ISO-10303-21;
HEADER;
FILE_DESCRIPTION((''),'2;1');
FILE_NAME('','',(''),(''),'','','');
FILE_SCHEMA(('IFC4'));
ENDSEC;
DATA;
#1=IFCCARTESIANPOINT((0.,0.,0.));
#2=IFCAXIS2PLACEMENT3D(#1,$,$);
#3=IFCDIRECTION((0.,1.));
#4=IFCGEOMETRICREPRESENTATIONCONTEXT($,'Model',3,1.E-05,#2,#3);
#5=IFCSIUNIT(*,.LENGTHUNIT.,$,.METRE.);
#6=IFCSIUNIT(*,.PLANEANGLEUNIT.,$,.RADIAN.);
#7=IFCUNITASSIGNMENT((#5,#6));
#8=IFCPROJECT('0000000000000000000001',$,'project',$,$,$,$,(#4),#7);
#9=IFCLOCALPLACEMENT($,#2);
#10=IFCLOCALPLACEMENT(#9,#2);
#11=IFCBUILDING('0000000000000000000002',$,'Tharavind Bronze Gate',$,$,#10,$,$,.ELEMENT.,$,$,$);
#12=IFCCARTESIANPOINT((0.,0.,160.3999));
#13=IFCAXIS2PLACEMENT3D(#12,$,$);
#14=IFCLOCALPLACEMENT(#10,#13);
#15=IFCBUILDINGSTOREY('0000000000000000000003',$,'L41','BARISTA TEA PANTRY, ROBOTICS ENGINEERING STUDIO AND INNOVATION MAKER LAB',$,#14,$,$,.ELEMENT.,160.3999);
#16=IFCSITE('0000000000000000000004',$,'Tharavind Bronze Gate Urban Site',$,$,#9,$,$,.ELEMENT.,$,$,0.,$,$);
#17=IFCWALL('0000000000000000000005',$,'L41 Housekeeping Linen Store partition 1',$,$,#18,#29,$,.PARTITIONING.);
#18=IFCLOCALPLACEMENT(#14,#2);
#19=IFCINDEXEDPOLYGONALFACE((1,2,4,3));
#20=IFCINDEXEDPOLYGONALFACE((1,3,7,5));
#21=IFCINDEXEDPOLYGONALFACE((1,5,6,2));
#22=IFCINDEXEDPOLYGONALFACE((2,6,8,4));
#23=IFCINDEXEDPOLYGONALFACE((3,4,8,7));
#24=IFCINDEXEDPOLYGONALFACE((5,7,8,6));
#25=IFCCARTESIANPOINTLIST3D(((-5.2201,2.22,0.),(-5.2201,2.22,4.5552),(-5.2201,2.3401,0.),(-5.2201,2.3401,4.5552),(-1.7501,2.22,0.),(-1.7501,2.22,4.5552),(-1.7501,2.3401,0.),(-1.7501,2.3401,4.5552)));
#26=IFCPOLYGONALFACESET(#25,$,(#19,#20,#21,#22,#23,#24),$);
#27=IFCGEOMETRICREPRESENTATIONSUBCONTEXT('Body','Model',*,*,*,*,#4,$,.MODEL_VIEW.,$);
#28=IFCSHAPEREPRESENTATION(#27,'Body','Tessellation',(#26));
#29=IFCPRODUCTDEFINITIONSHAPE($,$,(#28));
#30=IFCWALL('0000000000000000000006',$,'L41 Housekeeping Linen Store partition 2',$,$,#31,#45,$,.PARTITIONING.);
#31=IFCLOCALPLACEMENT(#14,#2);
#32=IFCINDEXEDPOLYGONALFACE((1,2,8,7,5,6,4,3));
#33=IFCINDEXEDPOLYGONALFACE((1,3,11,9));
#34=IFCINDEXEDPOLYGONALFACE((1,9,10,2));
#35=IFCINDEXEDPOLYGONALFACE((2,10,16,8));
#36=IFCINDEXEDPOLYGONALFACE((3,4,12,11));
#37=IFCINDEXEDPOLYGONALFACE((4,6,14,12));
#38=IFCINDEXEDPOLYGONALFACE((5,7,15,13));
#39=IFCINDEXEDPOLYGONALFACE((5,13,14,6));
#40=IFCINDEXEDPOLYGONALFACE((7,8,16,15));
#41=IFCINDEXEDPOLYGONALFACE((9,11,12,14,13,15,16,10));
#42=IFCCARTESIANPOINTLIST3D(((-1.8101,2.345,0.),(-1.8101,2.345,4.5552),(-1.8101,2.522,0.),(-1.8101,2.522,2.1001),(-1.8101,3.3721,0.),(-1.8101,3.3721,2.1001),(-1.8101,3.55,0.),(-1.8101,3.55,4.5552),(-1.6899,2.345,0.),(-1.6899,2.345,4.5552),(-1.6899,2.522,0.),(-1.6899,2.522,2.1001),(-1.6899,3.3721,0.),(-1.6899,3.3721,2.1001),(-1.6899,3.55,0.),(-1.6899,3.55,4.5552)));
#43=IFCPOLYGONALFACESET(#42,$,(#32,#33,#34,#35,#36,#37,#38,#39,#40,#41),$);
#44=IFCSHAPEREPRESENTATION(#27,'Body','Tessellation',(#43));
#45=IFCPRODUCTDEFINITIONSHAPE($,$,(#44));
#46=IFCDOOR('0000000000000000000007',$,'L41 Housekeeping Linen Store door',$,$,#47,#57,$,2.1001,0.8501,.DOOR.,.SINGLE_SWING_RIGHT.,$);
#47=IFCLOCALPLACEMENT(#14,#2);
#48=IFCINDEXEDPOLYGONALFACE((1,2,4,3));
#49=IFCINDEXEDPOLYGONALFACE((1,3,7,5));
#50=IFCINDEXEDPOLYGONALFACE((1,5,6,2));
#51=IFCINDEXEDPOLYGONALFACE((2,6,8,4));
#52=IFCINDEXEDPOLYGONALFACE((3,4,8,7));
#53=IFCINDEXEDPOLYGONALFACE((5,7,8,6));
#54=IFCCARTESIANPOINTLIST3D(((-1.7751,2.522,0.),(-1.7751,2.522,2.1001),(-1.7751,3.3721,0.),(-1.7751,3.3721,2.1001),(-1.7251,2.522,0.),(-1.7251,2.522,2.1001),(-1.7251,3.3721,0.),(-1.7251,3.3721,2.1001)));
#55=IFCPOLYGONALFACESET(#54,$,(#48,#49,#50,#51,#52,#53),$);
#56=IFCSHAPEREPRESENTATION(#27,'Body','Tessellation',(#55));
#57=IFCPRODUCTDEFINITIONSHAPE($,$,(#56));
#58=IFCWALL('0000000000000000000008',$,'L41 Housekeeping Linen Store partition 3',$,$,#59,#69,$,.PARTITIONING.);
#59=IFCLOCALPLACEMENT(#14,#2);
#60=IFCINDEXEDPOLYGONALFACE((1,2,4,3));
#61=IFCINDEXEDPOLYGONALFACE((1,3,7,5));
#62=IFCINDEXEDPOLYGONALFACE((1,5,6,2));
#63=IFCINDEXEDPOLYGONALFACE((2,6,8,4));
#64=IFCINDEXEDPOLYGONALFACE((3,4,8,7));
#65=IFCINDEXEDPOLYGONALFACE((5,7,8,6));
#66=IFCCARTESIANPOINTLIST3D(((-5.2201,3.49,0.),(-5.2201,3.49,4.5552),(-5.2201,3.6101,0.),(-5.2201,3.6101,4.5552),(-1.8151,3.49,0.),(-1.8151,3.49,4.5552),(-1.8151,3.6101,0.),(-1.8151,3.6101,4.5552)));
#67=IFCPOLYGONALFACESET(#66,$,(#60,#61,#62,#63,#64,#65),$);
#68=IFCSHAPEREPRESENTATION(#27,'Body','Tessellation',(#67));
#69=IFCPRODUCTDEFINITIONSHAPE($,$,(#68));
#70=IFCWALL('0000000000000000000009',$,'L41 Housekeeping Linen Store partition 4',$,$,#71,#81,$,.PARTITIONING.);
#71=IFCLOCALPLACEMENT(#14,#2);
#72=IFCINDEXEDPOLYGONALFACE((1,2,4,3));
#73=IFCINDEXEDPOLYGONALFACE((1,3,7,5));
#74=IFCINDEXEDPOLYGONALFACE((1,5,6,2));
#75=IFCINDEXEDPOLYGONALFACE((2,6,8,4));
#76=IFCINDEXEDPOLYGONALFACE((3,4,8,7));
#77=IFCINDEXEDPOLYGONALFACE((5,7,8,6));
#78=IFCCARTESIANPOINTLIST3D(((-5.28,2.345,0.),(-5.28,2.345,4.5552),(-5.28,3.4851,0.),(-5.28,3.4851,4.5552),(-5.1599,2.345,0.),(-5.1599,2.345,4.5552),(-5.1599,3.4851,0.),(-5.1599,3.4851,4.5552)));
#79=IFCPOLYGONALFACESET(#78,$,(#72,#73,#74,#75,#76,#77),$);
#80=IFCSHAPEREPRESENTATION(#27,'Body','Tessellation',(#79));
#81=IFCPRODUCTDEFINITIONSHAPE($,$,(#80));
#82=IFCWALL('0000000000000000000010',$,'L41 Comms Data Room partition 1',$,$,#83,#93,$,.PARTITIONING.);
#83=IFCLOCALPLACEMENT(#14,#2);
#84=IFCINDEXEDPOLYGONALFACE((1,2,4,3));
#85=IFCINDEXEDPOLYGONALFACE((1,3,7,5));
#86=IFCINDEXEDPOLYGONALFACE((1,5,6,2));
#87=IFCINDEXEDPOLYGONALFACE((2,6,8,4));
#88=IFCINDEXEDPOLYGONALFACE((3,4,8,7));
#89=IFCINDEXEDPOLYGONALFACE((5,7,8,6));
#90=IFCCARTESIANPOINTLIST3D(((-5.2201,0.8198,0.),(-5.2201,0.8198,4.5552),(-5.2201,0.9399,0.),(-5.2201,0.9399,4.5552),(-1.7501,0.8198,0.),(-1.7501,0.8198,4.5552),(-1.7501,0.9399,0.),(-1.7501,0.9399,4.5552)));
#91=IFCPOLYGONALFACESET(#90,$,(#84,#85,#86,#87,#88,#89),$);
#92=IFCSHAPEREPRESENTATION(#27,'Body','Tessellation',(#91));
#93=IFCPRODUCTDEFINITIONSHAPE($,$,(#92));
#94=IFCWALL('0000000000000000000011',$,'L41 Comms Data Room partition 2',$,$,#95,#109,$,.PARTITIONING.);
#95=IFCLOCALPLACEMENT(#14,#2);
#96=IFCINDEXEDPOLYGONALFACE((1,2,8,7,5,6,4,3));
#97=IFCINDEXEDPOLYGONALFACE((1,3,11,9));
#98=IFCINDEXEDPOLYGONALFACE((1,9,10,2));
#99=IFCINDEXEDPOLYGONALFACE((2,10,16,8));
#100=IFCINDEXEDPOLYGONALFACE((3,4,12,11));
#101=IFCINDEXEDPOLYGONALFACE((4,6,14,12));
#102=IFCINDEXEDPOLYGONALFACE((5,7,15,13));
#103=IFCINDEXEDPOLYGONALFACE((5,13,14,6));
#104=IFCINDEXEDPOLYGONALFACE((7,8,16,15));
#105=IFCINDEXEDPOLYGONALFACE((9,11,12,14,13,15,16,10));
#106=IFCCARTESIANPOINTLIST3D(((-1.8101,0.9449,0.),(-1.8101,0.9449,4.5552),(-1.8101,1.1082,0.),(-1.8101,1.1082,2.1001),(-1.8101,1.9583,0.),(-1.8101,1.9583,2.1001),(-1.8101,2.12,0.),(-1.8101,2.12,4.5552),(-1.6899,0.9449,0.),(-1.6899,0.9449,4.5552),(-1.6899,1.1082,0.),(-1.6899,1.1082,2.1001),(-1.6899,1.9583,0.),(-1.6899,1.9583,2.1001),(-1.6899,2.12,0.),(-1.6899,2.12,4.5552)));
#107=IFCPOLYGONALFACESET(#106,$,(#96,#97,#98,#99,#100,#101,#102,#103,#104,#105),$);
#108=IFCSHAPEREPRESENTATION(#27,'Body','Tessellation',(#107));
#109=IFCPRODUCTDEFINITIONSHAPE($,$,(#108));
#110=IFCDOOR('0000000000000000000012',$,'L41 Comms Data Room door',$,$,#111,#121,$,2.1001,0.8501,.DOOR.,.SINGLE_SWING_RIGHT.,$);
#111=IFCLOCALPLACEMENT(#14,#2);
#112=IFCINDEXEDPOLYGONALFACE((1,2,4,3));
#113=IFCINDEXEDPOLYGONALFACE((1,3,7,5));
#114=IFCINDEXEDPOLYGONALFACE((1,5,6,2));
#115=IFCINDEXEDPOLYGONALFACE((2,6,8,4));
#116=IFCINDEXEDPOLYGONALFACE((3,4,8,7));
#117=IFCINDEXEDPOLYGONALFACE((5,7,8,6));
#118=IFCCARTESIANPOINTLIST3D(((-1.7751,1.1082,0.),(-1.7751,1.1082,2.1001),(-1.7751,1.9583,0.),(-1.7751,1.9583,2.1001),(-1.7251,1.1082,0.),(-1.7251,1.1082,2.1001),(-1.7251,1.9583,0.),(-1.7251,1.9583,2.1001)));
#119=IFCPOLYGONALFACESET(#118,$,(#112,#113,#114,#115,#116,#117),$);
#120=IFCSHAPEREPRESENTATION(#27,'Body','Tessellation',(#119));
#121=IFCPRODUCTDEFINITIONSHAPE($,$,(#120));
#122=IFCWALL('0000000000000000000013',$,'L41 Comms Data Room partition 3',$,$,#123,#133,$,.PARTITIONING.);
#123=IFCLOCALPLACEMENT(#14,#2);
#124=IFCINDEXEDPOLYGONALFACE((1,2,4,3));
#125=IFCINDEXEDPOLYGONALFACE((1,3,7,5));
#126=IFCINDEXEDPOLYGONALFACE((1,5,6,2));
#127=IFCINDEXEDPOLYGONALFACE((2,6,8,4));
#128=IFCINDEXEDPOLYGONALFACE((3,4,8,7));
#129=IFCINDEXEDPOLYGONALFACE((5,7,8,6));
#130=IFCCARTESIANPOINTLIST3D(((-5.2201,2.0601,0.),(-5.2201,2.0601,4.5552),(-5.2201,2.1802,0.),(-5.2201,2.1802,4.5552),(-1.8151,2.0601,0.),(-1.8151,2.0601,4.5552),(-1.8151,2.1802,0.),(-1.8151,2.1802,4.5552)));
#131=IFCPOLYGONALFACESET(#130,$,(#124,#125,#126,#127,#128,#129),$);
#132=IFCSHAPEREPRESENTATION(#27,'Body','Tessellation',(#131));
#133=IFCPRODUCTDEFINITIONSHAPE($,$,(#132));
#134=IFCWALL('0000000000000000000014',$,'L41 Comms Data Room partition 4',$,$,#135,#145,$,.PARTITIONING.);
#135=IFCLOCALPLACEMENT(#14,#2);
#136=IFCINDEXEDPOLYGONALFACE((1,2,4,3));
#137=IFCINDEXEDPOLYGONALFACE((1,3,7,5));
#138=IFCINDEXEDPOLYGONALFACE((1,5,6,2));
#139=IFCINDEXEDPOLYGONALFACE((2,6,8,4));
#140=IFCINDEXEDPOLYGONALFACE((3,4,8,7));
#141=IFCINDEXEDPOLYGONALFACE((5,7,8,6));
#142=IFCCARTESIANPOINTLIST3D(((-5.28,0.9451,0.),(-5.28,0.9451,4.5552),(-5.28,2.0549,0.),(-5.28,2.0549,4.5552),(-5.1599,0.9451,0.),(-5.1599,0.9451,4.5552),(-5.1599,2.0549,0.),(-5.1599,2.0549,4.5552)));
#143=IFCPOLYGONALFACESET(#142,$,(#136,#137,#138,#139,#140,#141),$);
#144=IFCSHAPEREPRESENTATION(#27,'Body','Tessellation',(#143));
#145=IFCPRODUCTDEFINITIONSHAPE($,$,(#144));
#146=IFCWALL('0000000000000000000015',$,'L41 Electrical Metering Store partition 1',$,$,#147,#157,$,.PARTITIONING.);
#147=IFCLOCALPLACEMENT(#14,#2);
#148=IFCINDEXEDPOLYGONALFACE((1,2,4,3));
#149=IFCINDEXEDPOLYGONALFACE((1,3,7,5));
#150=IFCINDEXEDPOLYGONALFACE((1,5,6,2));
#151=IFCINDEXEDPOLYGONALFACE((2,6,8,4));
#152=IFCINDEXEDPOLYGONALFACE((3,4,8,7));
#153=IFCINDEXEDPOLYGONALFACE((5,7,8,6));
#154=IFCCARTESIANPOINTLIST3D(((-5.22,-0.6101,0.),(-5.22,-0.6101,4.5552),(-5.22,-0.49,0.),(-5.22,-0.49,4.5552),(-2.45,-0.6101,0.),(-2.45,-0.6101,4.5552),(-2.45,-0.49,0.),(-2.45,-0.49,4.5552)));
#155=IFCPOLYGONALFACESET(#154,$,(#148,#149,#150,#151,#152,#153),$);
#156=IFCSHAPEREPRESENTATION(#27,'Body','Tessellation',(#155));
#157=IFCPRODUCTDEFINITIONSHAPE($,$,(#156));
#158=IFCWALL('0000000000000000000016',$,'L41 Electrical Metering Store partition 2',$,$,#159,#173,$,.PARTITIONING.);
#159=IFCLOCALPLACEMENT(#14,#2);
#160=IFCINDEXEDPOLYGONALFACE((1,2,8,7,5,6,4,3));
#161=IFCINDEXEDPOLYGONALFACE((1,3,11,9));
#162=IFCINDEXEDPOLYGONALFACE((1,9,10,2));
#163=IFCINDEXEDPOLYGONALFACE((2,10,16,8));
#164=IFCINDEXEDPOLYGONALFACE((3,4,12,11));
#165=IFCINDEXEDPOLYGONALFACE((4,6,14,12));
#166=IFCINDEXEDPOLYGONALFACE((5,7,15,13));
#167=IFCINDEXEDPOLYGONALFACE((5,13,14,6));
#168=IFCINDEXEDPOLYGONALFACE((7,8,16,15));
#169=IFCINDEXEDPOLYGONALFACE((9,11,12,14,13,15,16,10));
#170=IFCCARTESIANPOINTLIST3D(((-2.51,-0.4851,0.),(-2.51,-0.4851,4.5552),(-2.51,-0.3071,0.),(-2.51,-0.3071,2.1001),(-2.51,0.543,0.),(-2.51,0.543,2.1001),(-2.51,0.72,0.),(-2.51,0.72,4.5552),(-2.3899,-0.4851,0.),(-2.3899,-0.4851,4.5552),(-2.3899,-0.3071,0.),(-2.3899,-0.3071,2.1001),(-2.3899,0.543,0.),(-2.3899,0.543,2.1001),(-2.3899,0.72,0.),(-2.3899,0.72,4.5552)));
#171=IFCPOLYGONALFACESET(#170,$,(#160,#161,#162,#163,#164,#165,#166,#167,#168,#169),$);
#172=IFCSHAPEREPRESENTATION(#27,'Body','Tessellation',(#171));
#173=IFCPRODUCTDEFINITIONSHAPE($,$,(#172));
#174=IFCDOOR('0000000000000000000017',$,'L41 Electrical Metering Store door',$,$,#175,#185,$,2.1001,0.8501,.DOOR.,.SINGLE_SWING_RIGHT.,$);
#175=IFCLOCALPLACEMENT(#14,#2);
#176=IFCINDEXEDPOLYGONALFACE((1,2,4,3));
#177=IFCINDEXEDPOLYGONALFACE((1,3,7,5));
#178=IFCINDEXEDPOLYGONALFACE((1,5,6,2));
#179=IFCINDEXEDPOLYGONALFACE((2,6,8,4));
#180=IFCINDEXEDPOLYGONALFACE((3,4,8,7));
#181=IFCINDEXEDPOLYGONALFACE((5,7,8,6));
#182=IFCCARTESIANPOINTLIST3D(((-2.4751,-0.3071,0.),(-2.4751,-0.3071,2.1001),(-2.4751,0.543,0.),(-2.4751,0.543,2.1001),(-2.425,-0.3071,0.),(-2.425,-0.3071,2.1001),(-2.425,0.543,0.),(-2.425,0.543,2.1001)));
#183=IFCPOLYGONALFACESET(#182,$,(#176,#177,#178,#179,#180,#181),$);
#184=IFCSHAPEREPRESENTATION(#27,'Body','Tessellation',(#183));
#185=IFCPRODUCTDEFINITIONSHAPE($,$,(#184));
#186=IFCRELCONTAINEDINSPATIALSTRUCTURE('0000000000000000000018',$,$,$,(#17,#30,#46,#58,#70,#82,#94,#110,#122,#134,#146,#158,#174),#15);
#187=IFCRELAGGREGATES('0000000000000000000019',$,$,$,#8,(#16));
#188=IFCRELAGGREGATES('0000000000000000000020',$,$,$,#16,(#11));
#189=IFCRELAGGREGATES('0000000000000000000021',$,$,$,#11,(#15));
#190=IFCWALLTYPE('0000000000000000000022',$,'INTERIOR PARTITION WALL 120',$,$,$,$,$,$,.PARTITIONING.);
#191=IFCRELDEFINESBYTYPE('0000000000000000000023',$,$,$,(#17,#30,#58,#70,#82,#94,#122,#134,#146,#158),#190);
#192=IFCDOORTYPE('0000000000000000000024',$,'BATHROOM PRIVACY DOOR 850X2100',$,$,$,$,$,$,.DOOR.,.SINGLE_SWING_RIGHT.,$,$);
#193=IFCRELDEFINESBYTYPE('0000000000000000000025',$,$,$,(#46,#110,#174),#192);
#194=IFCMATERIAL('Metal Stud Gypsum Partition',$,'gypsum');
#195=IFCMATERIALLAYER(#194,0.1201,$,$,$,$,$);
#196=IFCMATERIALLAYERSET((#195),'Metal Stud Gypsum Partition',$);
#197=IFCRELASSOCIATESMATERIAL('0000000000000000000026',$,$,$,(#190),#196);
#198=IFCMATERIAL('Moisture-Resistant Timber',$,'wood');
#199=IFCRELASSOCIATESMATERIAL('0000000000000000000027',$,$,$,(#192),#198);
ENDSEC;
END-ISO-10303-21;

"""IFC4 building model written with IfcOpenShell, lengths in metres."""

from ifc_helpers import new_model, si_unit, direction, frame, frame_2d, origin, place, context, subcontext, project, spatial, rectangle, extrude, material, layer, layer_set, type_object, element, fill, save


model = new_model("IFC4")

# Units and contexts
model_context = context("Model", 3, precision=1e-05, world=origin(), true_north=direction((0.0, 1.0)))
body_context = subcontext(model_context, "Body", "Model", "MODEL_VIEW")
ifc_project = project(units=[si_unit("LENGTHUNIT", "METRE"), si_unit("PLANEANGLEUNIT", "RADIAN")], contexts=[model_context])

# Site, building, storey
site_placement = place(None, origin())
site = spatial("IfcSite", under=ifc_project, at=site_placement, Name="Tharavind Bronze Gate Urban Site", CompositionType="ELEMENT", RefElevation=0.0)
building_placement = place(site_placement, origin())
building = spatial("IfcBuilding", under=site, at=building_placement, Name="Tharavind Bronze Gate", CompositionType="ELEMENT")
storey_placement = place(building_placement, frame((0.0, 0.0, 160.3999)))
storey = spatial("IfcBuildingStorey", under=building, at=storey_placement, Name="L41", Description="BARISTA TEA PANTRY, ROBOTICS ENGINEERING STUDIO AND INNOVATION MAKER LAB", CompositionType="ELEMENT", Elevation=160.3999)

# Wall
ifc_material_1 = material(Name="Metal Stud Gypsum Partition", Category="gypsum")
ifc_layer_1 = layer(ifc_material_1, 0.1201)
ifc_layer_set_1 = layer_set([ifc_layer_1], Name="Metal Stud Gypsum Partition")
wall_type_1 = type_object("IfcWallType", Name="INTERIOR PARTITION WALL 120", PredefinedType="PARTITIONING", material=ifc_layer_set_1)
wall_1_placement = place(storey_placement, frame((-5.22, 2.28, 0.0), z_axis=(0.0, 0.0, 1.0), x_axis=(1.0, 0.0, 0.0)))
element("IfcWall", 1, at=wall_1_placement, inside=storey, type_object=wall_type_1, Name="L41 Housekeeping Linen Store partition 1", PredefinedType="PARTITIONING", context=body_context, shape_type="SweptSolid", body=[
    extrude(rectangle(XDim=3.47, YDim=0.1201, at=frame_2d((1.7349, 0.0))), origin(), (0.0, 0.0, 1.0), 4.5552),
])

# Wall, opening, door
wall_2_placement = place(storey_placement, frame((-1.75, 2.345, 0.0), z_axis=(0.0, 0.0, 1.0), x_axis=(0.0, 1.0, 0.0)))
wall_2 = element("IfcWall", 2, at=wall_2_placement, inside=storey, type_object=wall_type_1, Name="L41 Housekeeping Linen Store partition 2", PredefinedType="PARTITIONING", context=body_context, shape_type="SweptSolid", body=[
    extrude(rectangle(XDim=1.2051, YDim=0.1201, at=frame_2d((0.6025, 0.0))), origin(), (0.0, 0.0, 1.0), 4.5552),
])
opening_1_placement = place(wall_2_placement, frame((0.177, 0.0, 0.0)))
opening_1 = element("IfcOpeningElement", 3, at=opening_1_placement, cuts=wall_2, PredefinedType="OPENING", context=body_context, shape_type="SweptSolid", body=[
    extrude(rectangle(XDim=0.8501, YDim=2.1001, at=frame_2d((0.425, 1.05))), frame((0.0, 0.0701, 0.0), z_axis=(0.0, -1.0, 0.0), x_axis=(1.0, 0.0, 0.0)), (0.0, 0.0, 1.0), 0.1401),
])
ifc_material_2 = material(Name="Moisture-Resistant Timber", Category="wood")
door_type_1 = type_object("IfcDoorType", Name="BATHROOM PRIVACY DOOR 850X2100", OperationType="SINGLE_SWING_RIGHT", PredefinedType="DOOR", material=ifc_material_2)
door_1_placement = place(opening_1_placement, frame((0.8501, 0.0, 0.0), z_axis=(0.0, 0.0, 1.0), x_axis=(-1.0, 0.0, 0.0)))
door_1 = element("IfcDoor", 4, at=door_1_placement, inside=storey, type_object=door_type_1, Name="L41 Housekeeping Linen Store door", OperationType="SINGLE_SWING_RIGHT", OverallHeight=2.1001, OverallWidth=0.8501, PredefinedType="DOOR", context=body_context, shape_type="SweptSolid", body=[
    extrude(rectangle(XDim=0.8501, YDim=2.1001, at=frame_2d((0.425, 1.05))), frame((0.0, 0.0249, 0.0), z_axis=(0.0, -1.0, 0.0), x_axis=(1.0, 0.0, 0.0)), (0.0, 0.0, 1.0), 0.05),
])
fill(opening_1, door_1)

# Walls
wall_3_placement = place(storey_placement, frame((-1.8149, 3.55, 0.0), z_axis=(0.0, 0.0, 1.0), x_axis=(-1.0, 0.0, 0.0)))
element("IfcWall", 5, at=wall_3_placement, inside=storey, type_object=wall_type_1, Name="L41 Housekeeping Linen Store partition 3", PredefinedType="PARTITIONING", context=body_context, shape_type="SweptSolid", body=[
    extrude(rectangle(XDim=3.405, YDim=0.1201, at=frame_2d((1.7026, 0.0))), origin(), (0.0, 0.0, 1.0), 4.5552),
])
wall_4_placement = place(storey_placement, frame((-5.22, 3.4851, 0.0), z_axis=(0.0, 0.0, 1.0), x_axis=(0.0, -1.0, 0.0)))
element("IfcWall", 6, at=wall_4_placement, inside=storey, type_object=wall_type_1, Name="L41 Housekeeping Linen Store partition 4", PredefinedType="PARTITIONING", context=body_context, shape_type="SweptSolid", body=[
    extrude(rectangle(XDim=1.1401, YDim=0.1201, at=frame_2d((0.5701, 0.0))), origin(), (0.0, 0.0, 1.0), 4.5552),
])
wall_5_placement = place(storey_placement, frame((-5.22, 0.8799, 0.0), z_axis=(0.0, 0.0, 1.0), x_axis=(1.0, 0.0, 0.0)))
element("IfcWall", 7, at=wall_5_placement, inside=storey, type_object=wall_type_1, Name="L41 Comms Data Room partition 1", PredefinedType="PARTITIONING", context=body_context, shape_type="SweptSolid", body=[
    extrude(rectangle(XDim=3.47, YDim=0.1201, at=frame_2d((1.7349, 0.0))), origin(), (0.0, 0.0, 1.0), 4.5552),
])

# Wall, opening, door
wall_6_placement = place(storey_placement, frame((-1.75, 0.9451, 0.0), z_axis=(0.0, 0.0, 1.0), x_axis=(0.0, 1.0, 0.0)))
wall_6 = element("IfcWall", 8, at=wall_6_placement, inside=storey, type_object=wall_type_1, Name="L41 Comms Data Room partition 2", PredefinedType="PARTITIONING", context=body_context, shape_type="SweptSolid", body=[
    extrude(rectangle(XDim=1.175, YDim=0.1201, at=frame_2d((0.5874, 0.0))), origin(), (0.0, 0.0, 1.0), 4.5552),
])
opening_2_placement = place(wall_6_placement, frame((0.1631, 0.0, 0.0)))
opening_2 = element("IfcOpeningElement", 9, at=opening_2_placement, cuts=wall_6, PredefinedType="OPENING", context=body_context, shape_type="SweptSolid", body=[
    extrude(rectangle(XDim=0.8501, YDim=2.1001, at=frame_2d((0.425, 1.05))), frame((0.0, 0.0701, 0.0), z_axis=(0.0, -1.0, 0.0), x_axis=(1.0, 0.0, 0.0)), (0.0, 0.0, 1.0), 0.1401),
])
door_2_placement = place(opening_2_placement, frame((0.8501, 0.0, 0.0), z_axis=(0.0, 0.0, 1.0), x_axis=(-1.0, 0.0, 0.0)))
door_2 = element("IfcDoor", 10, at=door_2_placement, inside=storey, type_object=door_type_1, Name="L41 Comms Data Room door", OperationType="SINGLE_SWING_RIGHT", OverallHeight=2.1001, OverallWidth=0.8501, PredefinedType="DOOR", context=body_context, shape_type="SweptSolid", body=[
    extrude(rectangle(XDim=0.8501, YDim=2.1001, at=frame_2d((0.425, 1.05))), frame((0.0, 0.0249, 0.0), z_axis=(0.0, -1.0, 0.0), x_axis=(1.0, 0.0, 0.0)), (0.0, 0.0, 1.0), 0.05),
])
fill(opening_2, door_2)

# Walls
wall_7_placement = place(storey_placement, frame((-1.8149, 2.1201, 0.0), z_axis=(0.0, 0.0, 1.0), x_axis=(-1.0, 0.0, 0.0)))
element("IfcWall", 11, at=wall_7_placement, inside=storey, type_object=wall_type_1, Name="L41 Comms Data Room partition 3", PredefinedType="PARTITIONING", context=body_context, shape_type="SweptSolid", body=[
    extrude(rectangle(XDim=3.405, YDim=0.1201, at=frame_2d((1.7026, 0.0))), origin(), (0.0, 0.0, 1.0), 4.5552),
])
wall_8_placement = place(storey_placement, frame((-5.22, 2.0549, 0.0), z_axis=(0.0, 0.0, 1.0), x_axis=(0.0, -1.0, 0.0)))
element("IfcWall", 12, at=wall_8_placement, inside=storey, type_object=wall_type_1, Name="L41 Comms Data Room partition 4", PredefinedType="PARTITIONING", context=body_context, shape_type="SweptSolid", body=[
    extrude(rectangle(XDim=1.1099, YDim=0.1201, at=frame_2d((0.5549, 0.0))), origin(), (0.0, 0.0, 1.0), 4.5552),
])
wall_9_placement = place(storey_placement, frame((-5.22, -0.55, 0.0), z_axis=(0.0, 0.0, 1.0), x_axis=(1.0, 0.0, 0.0)))
element("IfcWall", 13, at=wall_9_placement, inside=storey, type_object=wall_type_1, Name="L41 Electrical Metering Store partition 1", PredefinedType="PARTITIONING", context=body_context, shape_type="SweptSolid", body=[
    extrude(rectangle(XDim=2.77, YDim=0.1201, at=frame_2d((1.385, 0.0))), origin(), (0.0, 0.0, 1.0), 4.5552),
])

# Wall, opening, door
wall_10_placement = place(storey_placement, frame((-2.45, -0.4851, 0.0), z_axis=(0.0, 0.0, 1.0), x_axis=(0.0, 1.0, 0.0)))
wall_10 = element("IfcWall", 14, at=wall_10_placement, inside=storey, type_object=wall_type_1, Name="L41 Electrical Metering Store partition 2", PredefinedType="PARTITIONING", context=body_context, shape_type="SweptSolid", body=[
    extrude(rectangle(XDim=1.2051, YDim=0.1201, at=frame_2d((0.6025, 0.0))), origin(), (0.0, 0.0, 1.0), 4.5552),
])
opening_3_placement = place(wall_10_placement, frame((0.178, 0.0, 0.0)))
opening_3 = element("IfcOpeningElement", 15, at=opening_3_placement, cuts=wall_10, PredefinedType="OPENING", context=body_context, shape_type="SweptSolid", body=[
    extrude(rectangle(XDim=0.8501, YDim=2.1001, at=frame_2d((0.425, 1.05))), frame((0.0, 0.0701, 0.0), z_axis=(0.0, -1.0, 0.0), x_axis=(1.0, 0.0, 0.0)), (0.0, 0.0, 1.0), 0.1401),
])
door_3_placement = place(opening_3_placement, frame((0.8501, 0.0, 0.0), z_axis=(0.0, 0.0, 1.0), x_axis=(-1.0, 0.0, 0.0)))
door_3 = element("IfcDoor", 16, at=door_3_placement, inside=storey, type_object=door_type_1, Name="L41 Electrical Metering Store door", OperationType="SINGLE_SWING_RIGHT", OverallHeight=2.1001, OverallWidth=0.8501, PredefinedType="DOOR", context=body_context, shape_type="SweptSolid", body=[
    extrude(rectangle(XDim=0.8501, YDim=2.1001, at=frame_2d((0.425, 1.05))), frame((0.0, 0.0249, 0.0), z_axis=(0.0, -1.0, 0.0), x_axis=(1.0, 0.0, 0.0)), (0.0, 0.0, 1.0), 0.05),
])
fill(opening_3, door_3)

save(model, "model.ifc")
